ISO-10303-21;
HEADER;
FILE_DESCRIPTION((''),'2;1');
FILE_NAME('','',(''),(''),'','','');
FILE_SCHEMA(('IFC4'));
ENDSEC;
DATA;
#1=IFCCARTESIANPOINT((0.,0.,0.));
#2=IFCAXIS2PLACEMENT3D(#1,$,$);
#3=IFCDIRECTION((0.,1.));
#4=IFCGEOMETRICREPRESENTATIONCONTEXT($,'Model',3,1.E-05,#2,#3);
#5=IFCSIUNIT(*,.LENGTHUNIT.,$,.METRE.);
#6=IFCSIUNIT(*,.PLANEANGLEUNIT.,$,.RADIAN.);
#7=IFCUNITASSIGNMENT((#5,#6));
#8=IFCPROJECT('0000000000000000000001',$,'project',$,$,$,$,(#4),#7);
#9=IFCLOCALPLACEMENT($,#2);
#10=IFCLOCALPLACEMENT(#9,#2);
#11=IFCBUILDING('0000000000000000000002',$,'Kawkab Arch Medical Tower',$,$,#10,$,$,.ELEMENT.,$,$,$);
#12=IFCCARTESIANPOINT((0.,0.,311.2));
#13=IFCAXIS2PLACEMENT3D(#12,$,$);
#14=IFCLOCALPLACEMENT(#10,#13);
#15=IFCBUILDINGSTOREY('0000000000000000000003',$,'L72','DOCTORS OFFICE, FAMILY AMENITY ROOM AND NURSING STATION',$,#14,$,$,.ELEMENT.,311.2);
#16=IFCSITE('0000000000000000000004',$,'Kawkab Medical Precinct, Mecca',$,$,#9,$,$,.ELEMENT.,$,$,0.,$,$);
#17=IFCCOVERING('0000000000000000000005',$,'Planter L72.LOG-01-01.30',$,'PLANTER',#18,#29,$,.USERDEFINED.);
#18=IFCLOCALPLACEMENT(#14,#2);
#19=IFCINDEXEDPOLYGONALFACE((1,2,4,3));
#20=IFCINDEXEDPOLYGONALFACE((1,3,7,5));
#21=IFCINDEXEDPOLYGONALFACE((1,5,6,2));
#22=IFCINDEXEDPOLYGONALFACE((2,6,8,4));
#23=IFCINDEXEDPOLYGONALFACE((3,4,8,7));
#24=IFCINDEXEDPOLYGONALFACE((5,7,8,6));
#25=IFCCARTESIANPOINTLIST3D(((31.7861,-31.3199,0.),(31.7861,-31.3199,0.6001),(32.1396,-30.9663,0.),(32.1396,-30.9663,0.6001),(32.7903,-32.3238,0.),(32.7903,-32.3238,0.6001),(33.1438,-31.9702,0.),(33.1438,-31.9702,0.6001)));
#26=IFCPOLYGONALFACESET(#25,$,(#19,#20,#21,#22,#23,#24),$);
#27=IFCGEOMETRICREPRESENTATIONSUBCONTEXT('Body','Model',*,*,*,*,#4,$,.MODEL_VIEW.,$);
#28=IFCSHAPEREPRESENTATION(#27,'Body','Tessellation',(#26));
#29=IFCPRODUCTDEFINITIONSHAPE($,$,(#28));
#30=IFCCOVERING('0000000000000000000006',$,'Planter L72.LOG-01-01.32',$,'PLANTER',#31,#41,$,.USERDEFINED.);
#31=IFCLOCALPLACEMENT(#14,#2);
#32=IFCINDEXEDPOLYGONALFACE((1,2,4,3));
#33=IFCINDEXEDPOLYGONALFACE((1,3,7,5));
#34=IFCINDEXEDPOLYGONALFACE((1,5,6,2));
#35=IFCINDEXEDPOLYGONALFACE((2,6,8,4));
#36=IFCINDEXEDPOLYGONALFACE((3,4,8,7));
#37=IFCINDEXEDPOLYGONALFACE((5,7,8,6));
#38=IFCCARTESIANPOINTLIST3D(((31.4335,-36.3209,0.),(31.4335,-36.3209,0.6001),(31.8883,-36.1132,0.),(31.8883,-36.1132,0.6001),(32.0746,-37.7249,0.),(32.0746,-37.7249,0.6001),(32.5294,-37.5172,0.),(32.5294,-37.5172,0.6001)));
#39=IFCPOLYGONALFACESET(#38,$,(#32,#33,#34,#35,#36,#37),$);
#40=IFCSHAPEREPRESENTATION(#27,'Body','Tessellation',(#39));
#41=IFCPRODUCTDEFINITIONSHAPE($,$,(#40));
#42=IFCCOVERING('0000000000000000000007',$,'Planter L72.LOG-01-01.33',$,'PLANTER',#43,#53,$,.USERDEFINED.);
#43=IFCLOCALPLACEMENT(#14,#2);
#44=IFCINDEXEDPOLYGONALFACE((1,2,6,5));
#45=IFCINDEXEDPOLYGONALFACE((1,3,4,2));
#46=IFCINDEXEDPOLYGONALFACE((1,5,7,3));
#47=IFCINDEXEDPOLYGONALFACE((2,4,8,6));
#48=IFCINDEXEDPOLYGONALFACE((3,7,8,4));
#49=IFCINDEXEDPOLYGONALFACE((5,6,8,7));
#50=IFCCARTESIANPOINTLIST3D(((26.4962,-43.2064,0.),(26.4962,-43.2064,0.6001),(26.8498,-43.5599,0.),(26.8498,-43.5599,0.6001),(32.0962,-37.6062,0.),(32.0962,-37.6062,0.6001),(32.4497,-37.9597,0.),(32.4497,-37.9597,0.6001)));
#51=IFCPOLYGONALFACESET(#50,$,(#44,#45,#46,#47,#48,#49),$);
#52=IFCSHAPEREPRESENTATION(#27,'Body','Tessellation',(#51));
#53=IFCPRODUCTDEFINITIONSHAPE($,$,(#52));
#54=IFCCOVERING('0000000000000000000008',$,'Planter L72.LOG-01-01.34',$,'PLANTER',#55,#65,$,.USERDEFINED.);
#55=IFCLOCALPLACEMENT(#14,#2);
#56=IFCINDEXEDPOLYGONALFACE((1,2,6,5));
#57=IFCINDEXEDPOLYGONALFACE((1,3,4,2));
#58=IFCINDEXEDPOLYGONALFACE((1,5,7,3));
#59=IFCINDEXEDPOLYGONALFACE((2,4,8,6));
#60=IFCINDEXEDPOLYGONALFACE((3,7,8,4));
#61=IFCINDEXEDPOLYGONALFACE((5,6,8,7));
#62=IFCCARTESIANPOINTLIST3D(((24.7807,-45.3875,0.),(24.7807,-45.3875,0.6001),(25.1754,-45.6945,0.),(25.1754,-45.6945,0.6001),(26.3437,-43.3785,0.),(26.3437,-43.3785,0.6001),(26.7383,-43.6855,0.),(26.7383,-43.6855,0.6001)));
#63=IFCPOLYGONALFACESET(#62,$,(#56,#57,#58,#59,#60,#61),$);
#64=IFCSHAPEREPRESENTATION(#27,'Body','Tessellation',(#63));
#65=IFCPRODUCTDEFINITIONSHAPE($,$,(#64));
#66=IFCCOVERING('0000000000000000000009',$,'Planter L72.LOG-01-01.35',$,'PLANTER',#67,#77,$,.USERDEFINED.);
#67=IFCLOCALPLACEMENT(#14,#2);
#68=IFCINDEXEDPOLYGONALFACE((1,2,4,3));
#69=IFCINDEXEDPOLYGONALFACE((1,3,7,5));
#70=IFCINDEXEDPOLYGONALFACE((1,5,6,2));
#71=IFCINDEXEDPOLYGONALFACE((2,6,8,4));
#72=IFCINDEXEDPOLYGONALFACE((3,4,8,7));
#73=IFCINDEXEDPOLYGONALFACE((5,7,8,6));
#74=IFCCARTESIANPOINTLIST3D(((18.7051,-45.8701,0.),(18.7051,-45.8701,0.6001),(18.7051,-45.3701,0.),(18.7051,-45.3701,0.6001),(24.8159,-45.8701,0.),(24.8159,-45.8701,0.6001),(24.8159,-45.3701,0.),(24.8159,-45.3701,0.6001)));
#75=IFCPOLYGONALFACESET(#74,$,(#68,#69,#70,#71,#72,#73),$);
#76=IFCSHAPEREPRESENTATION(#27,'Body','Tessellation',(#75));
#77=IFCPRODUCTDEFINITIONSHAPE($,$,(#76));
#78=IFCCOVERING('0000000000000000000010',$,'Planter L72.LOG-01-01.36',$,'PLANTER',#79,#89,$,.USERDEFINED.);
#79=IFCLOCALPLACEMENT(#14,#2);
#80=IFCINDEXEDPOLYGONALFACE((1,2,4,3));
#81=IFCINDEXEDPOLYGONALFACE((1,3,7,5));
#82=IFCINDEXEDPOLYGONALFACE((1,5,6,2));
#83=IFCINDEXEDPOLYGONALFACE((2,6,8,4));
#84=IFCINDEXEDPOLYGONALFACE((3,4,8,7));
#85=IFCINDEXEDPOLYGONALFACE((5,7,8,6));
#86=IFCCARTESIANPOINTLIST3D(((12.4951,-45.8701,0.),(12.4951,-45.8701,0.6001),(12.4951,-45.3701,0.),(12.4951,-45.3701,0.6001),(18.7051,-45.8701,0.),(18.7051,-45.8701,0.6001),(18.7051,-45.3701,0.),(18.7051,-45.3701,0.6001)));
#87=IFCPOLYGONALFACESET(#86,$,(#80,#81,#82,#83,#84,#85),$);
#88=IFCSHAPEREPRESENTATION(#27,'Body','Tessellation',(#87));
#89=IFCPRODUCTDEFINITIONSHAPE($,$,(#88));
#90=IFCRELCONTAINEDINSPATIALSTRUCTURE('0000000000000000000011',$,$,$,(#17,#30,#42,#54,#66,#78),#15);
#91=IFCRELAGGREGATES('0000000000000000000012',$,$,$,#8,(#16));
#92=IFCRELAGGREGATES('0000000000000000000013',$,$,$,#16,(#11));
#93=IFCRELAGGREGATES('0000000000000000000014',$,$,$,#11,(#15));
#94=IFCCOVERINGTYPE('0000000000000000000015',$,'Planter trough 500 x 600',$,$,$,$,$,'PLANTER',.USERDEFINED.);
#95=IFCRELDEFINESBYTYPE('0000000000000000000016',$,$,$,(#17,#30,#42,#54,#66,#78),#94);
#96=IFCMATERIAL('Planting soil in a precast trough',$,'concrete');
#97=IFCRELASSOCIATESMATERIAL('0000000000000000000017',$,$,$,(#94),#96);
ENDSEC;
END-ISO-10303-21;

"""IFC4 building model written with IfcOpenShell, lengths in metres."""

from ifc_helpers import new_model, si_unit, direction, frame, origin, origin_2d, place, context, subcontext, project, spatial, rectangle, extrude, material, material_profile, profile_set, type_object, element, save


model = new_model("IFC4")

# Units and contexts
model_context = context("Model", 3, precision=1e-05, world=origin(), true_north=direction((0.0, 1.0)))
body_context = subcontext(model_context, "Body", "Model", "MODEL_VIEW")
ifc_project = project(units=[si_unit("LENGTHUNIT", "METRE"), si_unit("PLANEANGLEUNIT", "RADIAN")], contexts=[model_context])

# Site, building, storey
site_placement = place(None, origin())
site = spatial("IfcSite", under=ifc_project, at=site_placement, Name="Kawkab Medical Precinct, Mecca", CompositionType="ELEMENT", RefElevation=0.0)
building_placement = place(site_placement, origin())
building = spatial("IfcBuilding", under=site, at=building_placement, Name="Kawkab Arch Medical Tower", CompositionType="ELEMENT")
storey_placement = place(building_placement, frame((0.0, 0.0, 311.2)))
storey = spatial("IfcBuildingStorey", under=building, at=storey_placement, Name="L72", Description="DOCTORS OFFICE, FAMILY AMENITY ROOM AND NURSING STATION", CompositionType="ELEMENT", Elevation=311.2)

# Coverings
ifc_material_1 = material(Name="Planting soil in a precast trough", Category="concrete")
ifc_material_profile_1 = material_profile(ifc_material_1, rectangle(XDim=0.5, YDim=0.6001, at=origin_2d()), Name="Trough 500x600")
ifc_profile_set_1 = profile_set([ifc_material_profile_1], Name="Planting soil in a precast trough")
covering_type_1 = type_object("IfcCoveringType", Name="Planter trough 500 x 600", ElementType="PLANTER", PredefinedType="USERDEFINED", material=ifc_profile_set_1)
covering_1_placement = place(storey_placement, frame((32.967, -32.147, 0.3), z_axis=(-0.707193, 0.707021, 0.0), x_axis=(-0.707021, -0.707193, 0.0)))
element("IfcCovering", 1, at=covering_1_placement, inside=storey, type_object=covering_type_1, Name="Planter L72.LOG-01-01.30", ObjectType="PLANTER", PredefinedType="USERDEFINED", context=body_context, shape_type="SweptSolid", body=[
    extrude(rectangle(XDim=0.5, YDim=0.6001, at=origin_2d()), origin(), (0.0, 0.0, 1.0), 1.4199),
])
covering_2_placement = place(storey_placement, frame((31.6609, -36.217, 0.3), z_axis=(0.415363, -0.909656, 0.0), x_axis=(0.909656, 0.415363, 0.0)))
element("IfcCovering", 2, at=covering_2_placement, inside=storey, type_object=covering_type_1, Name="Planter L72.LOG-01-01.32", ObjectType="PLANTER", PredefinedType="USERDEFINED", context=body_context, shape_type="SweptSolid", body=[
    extrude(rectangle(XDim=0.5, YDim=0.6001, at=origin_2d()), origin(), (0.0, 0.0, 1.0), 1.5435),
])
covering_3_placement = place(storey_placement, frame((32.2729, -37.783, 0.3), z_axis=(-0.707091, -0.707122, 0.0), x_axis=(0.707122, -0.707091, 0.0)))
element("IfcCovering", 3, at=covering_3_placement, inside=storey, type_object=covering_type_1, Name="Planter L72.LOG-01-01.33", ObjectType="PLANTER", PredefinedType="USERDEFINED", context=body_context, shape_type="SweptSolid", body=[
    extrude(rectangle(XDim=0.5, YDim=0.6001, at=origin_2d()), origin(), (0.0, 0.0, 1.0), 7.9197),
])
covering_4_placement = place(storey_placement, frame((26.541, -43.532, 0.3), z_axis=(-0.61404, -0.789275, 0.0), x_axis=(0.789275, -0.61404, 0.0)))
element("IfcCovering", 4, at=covering_4_placement, inside=storey, type_object=covering_type_1, Name="Planter L72.LOG-01-01.34", ObjectType="PLANTER", PredefinedType="USERDEFINED", context=body_context, shape_type="SweptSolid", body=[
    extrude(rectangle(XDim=0.5, YDim=0.6001, at=origin_2d()), origin(), (0.0, 0.0, 1.0), 2.5454),
])
covering_5_placement = place(storey_placement, frame((24.8159, -45.6201, 0.3), z_axis=(-1.0, 0.0, 0.0), x_axis=(0.0, -1.0, 0.0)))
element("IfcCovering", 5, at=covering_5_placement, inside=storey, type_object=covering_type_1, Name="Planter L72.LOG-01-01.35", ObjectType="PLANTER", PredefinedType="USERDEFINED", context=body_context, shape_type="SweptSolid", body=[
    extrude(rectangle(XDim=0.5, YDim=0.6001, at=origin_2d()), origin(), (0.0, 0.0, 1.0), 6.1108),
])
covering_6_placement = place(storey_placement, frame((18.7051, -45.6201, 0.3), z_axis=(-1.0, 0.0, 0.0), x_axis=(0.0, -1.0, 0.0)))
element("IfcCovering", 6, at=covering_6_placement, inside=storey, type_object=covering_type_1, Name="Planter L72.LOG-01-01.36", ObjectType="PLANTER", PredefinedType="USERDEFINED", context=body_context, shape_type="SweptSolid", body=[
    extrude(rectangle(XDim=0.5, YDim=0.6001, at=origin_2d()), origin(), (0.0, 0.0, 1.0), 6.21),
])

save(model, "model.ifc")
